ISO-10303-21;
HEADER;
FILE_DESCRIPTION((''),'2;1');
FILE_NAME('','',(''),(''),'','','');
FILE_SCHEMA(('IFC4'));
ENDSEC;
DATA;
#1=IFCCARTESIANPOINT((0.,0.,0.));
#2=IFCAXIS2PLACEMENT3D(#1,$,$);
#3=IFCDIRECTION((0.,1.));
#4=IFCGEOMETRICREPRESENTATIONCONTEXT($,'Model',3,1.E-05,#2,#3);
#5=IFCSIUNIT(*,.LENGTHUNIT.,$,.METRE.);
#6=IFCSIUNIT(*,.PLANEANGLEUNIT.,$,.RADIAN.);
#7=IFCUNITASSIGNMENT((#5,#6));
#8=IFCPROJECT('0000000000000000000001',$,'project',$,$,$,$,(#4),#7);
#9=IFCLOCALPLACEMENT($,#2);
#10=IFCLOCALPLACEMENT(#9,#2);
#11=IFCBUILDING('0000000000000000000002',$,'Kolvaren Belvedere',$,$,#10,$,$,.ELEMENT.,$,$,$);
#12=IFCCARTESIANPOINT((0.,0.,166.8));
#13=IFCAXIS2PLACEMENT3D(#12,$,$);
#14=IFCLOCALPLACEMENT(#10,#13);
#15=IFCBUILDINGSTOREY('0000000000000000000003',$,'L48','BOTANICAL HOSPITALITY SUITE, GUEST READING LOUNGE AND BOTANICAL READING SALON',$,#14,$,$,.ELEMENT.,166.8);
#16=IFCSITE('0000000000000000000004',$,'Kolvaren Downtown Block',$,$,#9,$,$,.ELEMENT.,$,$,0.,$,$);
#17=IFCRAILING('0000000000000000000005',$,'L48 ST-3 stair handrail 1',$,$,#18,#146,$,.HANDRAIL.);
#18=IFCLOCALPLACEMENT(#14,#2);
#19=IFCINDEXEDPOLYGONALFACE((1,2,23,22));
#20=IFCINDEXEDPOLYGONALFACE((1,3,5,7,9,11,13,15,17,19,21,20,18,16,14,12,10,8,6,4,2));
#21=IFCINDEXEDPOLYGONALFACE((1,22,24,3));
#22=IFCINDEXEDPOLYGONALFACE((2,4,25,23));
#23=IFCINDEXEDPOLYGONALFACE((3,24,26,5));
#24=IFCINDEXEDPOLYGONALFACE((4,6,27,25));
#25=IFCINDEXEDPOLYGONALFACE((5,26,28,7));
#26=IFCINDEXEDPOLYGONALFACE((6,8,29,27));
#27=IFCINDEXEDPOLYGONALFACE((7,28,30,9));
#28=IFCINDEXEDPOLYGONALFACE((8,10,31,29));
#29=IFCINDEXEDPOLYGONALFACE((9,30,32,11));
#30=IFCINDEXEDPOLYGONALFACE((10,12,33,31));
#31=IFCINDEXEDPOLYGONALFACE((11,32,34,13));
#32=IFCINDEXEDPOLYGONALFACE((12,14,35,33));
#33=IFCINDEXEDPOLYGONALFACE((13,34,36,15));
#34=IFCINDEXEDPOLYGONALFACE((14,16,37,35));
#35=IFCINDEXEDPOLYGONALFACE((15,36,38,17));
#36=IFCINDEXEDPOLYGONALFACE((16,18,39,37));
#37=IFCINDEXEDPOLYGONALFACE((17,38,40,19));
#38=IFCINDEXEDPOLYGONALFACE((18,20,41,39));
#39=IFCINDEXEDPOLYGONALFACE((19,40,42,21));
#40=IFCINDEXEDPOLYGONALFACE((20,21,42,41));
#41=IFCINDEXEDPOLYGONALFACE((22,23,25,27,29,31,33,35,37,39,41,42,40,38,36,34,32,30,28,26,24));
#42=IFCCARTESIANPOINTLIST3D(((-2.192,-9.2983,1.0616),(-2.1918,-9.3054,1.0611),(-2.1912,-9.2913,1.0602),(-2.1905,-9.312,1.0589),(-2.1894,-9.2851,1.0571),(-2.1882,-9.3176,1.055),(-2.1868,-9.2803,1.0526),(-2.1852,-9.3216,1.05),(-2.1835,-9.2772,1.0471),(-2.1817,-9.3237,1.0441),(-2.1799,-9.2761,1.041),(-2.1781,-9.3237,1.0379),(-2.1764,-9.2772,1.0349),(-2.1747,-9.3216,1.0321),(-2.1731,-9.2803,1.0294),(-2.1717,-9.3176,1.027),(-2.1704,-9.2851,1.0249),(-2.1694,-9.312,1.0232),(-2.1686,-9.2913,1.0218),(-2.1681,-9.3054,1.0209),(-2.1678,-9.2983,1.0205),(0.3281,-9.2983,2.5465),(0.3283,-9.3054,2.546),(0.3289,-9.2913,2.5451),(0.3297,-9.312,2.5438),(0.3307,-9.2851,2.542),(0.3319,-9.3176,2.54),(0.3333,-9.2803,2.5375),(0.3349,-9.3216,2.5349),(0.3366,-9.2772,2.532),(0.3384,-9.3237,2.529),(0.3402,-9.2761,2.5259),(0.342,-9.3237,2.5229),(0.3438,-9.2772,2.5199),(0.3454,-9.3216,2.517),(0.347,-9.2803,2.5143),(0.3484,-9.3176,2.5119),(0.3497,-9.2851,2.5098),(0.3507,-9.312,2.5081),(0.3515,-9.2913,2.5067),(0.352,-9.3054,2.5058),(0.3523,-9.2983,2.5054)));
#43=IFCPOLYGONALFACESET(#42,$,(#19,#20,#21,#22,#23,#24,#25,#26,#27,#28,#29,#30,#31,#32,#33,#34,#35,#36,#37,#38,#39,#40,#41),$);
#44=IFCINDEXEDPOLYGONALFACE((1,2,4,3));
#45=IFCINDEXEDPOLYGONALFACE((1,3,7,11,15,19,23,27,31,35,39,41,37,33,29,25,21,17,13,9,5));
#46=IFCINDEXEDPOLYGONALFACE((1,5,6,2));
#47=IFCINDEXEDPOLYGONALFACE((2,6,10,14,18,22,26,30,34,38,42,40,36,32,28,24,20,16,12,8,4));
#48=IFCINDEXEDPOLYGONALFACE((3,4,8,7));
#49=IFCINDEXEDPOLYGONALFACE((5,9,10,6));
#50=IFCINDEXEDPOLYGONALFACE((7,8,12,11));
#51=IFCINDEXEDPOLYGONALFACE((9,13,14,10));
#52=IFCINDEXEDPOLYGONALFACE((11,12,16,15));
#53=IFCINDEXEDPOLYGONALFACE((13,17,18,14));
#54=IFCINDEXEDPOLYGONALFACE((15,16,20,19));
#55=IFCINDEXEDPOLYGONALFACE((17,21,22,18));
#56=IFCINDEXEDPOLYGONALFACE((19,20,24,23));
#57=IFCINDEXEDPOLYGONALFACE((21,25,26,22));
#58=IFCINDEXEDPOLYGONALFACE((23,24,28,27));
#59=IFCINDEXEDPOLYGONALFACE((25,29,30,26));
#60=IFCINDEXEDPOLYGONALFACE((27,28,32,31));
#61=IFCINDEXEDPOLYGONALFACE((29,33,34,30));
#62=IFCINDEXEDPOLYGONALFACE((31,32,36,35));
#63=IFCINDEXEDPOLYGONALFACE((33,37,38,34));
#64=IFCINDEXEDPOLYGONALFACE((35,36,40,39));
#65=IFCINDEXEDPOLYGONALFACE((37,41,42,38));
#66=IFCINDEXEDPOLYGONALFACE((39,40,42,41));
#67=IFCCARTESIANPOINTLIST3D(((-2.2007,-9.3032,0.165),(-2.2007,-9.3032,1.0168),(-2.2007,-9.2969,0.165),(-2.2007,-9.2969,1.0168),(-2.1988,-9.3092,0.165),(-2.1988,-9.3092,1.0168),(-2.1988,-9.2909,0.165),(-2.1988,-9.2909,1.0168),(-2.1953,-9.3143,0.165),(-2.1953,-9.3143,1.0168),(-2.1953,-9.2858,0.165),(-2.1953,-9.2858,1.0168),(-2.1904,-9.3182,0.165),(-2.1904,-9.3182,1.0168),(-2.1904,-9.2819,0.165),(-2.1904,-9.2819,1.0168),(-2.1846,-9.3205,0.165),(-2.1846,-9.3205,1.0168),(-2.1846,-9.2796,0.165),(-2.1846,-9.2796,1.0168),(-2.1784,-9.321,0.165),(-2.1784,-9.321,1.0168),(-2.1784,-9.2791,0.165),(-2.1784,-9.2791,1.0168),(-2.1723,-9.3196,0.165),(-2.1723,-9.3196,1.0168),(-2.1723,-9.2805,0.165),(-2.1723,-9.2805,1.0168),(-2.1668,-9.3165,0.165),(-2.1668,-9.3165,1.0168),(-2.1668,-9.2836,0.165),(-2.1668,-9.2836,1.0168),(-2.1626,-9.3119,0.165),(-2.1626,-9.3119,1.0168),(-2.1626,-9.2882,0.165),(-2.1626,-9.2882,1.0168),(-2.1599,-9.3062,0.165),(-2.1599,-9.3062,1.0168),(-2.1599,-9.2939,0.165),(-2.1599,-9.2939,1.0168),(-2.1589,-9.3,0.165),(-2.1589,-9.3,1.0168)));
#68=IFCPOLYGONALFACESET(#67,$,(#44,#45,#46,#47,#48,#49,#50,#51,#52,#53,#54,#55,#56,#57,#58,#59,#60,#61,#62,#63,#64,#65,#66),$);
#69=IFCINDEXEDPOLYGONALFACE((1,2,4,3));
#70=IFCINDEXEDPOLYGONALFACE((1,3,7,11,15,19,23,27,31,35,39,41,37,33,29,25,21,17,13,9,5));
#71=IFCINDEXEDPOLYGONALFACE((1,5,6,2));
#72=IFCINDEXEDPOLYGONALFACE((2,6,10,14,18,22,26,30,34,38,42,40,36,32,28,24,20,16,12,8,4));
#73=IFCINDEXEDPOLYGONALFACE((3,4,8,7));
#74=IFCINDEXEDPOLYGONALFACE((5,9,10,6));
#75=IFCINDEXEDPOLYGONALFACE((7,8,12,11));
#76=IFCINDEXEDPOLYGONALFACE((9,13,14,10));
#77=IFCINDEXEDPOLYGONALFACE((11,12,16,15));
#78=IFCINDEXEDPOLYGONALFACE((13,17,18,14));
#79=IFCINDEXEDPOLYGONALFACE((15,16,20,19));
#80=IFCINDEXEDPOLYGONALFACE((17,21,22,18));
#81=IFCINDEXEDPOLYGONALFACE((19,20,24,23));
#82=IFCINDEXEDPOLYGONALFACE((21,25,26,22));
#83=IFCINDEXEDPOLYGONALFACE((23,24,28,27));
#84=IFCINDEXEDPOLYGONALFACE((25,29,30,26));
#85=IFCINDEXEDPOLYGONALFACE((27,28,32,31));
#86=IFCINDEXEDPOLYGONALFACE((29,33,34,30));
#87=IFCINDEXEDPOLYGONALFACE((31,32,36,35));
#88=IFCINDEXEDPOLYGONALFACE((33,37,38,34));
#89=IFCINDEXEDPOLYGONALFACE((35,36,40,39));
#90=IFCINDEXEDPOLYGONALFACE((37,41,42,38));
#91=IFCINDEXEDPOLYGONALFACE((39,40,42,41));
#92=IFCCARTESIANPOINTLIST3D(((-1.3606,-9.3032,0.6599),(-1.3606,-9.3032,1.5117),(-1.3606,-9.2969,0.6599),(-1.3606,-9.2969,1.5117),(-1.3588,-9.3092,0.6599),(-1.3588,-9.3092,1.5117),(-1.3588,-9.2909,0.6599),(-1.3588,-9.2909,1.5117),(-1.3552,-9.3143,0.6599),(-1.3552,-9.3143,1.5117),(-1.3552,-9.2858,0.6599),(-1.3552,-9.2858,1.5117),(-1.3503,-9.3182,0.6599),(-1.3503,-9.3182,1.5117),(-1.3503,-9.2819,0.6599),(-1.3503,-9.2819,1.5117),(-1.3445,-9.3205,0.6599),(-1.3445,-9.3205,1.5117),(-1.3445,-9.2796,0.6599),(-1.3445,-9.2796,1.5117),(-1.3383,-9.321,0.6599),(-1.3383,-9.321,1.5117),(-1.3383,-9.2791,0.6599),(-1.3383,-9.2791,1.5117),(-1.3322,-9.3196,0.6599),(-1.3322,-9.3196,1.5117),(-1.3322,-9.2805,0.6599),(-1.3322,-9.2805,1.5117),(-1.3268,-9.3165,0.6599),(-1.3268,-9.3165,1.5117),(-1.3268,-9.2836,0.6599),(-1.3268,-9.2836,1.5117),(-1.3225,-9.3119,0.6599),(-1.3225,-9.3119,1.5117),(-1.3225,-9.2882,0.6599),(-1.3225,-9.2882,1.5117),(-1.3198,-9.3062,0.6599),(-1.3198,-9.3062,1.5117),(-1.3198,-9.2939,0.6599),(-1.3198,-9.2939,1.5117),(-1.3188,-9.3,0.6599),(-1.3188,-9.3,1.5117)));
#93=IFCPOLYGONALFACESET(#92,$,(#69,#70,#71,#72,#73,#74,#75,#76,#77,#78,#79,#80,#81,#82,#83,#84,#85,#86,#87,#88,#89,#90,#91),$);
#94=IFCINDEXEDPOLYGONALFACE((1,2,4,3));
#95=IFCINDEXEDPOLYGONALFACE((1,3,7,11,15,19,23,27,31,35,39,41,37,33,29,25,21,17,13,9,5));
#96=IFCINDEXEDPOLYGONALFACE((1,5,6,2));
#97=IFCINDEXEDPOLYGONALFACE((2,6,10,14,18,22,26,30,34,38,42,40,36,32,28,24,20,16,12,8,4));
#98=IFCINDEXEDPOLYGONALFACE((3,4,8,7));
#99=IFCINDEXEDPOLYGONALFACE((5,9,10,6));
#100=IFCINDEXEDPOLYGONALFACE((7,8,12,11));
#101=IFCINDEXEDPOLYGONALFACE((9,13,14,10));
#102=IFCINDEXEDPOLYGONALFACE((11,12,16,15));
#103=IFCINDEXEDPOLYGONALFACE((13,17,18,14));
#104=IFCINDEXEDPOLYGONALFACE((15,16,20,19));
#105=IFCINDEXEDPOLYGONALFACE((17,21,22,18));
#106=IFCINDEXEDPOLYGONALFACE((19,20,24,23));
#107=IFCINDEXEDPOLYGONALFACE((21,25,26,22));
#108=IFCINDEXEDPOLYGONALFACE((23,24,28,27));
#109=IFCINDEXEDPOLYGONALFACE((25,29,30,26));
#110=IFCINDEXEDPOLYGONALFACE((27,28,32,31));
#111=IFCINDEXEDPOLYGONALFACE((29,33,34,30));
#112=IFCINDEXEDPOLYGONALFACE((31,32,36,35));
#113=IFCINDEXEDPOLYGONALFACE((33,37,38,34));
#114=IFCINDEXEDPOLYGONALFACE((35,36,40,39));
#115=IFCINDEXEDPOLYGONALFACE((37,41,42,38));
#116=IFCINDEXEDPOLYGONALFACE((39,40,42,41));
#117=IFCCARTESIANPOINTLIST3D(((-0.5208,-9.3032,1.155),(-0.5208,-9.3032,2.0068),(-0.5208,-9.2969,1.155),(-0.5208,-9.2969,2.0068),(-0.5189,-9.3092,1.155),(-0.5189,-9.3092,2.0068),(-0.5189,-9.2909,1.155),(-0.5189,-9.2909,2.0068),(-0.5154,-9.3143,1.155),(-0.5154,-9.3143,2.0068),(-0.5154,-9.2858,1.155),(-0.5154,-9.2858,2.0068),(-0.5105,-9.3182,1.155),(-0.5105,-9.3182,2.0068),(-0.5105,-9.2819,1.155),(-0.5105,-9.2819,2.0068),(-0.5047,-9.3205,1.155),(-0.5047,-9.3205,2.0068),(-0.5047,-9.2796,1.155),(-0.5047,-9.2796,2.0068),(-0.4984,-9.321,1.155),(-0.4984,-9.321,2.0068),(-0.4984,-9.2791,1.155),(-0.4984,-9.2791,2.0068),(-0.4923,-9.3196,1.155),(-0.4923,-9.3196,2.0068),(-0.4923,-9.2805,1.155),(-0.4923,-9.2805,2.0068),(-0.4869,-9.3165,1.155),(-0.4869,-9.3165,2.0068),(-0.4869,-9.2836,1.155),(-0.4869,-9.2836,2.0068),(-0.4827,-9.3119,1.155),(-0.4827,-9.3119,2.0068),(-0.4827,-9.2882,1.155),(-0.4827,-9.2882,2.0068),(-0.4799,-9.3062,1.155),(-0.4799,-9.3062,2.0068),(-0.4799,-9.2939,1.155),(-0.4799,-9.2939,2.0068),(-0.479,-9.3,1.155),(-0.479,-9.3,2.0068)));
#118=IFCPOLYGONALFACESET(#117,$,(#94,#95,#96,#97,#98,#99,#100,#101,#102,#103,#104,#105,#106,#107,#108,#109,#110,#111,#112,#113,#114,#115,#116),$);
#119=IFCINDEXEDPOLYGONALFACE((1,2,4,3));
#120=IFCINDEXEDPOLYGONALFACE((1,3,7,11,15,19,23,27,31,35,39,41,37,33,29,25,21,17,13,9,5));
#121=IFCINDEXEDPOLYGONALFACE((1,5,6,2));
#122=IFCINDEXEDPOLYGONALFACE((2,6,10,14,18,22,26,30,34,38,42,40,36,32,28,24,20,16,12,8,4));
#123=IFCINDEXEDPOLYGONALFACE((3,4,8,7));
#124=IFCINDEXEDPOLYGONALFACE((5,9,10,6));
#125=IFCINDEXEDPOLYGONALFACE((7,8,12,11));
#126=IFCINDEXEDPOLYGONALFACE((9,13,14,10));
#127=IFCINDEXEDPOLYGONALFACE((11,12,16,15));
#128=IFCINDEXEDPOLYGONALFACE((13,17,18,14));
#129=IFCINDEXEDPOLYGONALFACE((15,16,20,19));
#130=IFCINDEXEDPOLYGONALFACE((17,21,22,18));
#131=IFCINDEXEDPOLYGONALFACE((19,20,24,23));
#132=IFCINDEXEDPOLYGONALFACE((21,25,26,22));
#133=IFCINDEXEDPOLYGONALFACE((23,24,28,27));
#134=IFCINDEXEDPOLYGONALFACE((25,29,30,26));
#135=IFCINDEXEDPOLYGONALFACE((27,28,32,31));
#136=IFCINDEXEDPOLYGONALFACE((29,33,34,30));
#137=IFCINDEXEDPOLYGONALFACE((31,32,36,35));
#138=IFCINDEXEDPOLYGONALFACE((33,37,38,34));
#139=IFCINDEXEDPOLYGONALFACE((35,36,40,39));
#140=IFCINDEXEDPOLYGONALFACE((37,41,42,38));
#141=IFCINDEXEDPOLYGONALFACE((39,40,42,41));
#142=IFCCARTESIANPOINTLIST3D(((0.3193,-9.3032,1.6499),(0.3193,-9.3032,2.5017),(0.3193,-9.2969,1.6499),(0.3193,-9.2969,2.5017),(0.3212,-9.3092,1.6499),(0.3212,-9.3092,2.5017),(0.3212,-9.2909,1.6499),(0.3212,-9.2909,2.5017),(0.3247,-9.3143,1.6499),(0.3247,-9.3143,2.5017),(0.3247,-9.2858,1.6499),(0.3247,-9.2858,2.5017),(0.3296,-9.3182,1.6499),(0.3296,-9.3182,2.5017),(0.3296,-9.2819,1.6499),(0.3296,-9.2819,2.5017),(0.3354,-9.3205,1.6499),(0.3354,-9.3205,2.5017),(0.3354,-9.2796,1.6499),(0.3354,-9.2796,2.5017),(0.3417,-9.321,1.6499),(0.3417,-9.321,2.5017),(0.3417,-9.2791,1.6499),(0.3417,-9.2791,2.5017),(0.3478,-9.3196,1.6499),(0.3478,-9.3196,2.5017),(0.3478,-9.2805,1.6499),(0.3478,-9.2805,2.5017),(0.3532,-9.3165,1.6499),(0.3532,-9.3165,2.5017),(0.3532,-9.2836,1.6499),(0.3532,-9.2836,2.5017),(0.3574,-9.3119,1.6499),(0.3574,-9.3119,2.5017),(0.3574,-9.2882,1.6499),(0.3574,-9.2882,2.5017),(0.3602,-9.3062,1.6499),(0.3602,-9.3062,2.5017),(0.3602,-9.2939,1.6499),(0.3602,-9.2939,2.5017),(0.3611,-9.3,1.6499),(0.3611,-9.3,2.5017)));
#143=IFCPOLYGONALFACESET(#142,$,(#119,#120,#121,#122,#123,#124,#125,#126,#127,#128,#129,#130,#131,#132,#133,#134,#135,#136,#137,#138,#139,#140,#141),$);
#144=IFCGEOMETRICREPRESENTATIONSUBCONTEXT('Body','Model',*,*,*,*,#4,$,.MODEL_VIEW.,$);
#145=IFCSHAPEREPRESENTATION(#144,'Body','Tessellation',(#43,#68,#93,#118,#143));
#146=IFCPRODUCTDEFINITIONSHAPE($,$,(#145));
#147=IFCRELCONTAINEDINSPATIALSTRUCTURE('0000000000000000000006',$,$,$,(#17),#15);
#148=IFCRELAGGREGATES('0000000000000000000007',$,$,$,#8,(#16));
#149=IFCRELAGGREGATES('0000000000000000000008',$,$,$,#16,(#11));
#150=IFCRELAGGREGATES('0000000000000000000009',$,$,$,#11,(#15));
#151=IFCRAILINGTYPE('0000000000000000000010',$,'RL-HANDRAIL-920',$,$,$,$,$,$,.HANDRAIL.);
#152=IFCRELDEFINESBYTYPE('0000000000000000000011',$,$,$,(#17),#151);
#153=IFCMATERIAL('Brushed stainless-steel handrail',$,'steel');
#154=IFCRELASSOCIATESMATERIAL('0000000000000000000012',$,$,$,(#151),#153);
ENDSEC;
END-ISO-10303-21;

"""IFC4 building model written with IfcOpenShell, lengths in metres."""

from ifc_helpers import new_model, si_unit, direction, frame, origin, origin_2d, place, context, subcontext, project, spatial, circle, extrude, material, type_object, element, save


model = new_model("IFC4")

# Units and contexts
model_context = context("Model", 3, precision=1e-05, world=origin(), true_north=direction((0.0, 1.0)))
body_context = subcontext(model_context, "Body", "Model", "MODEL_VIEW")
ifc_project = project(units=[si_unit("LENGTHUNIT", "METRE"), si_unit("PLANEANGLEUNIT", "RADIAN")], contexts=[model_context])

# Site, building, storey
site_placement = place(None, origin())
site = spatial("IfcSite", under=ifc_project, at=site_placement, Name="Kolvaren Downtown Block", CompositionType="ELEMENT", RefElevation=0.0)
building_placement = place(site_placement, origin())
building = spatial("IfcBuilding", under=site, at=building_placement, Name="Kolvaren Belvedere", CompositionType="ELEMENT")
storey_placement = place(building_placement, frame((0.0, 0.0, 166.8)))
storey = spatial("IfcBuildingStorey", under=building, at=storey_placement, Name="L48", Description="BOTANICAL HOSPITALITY SUITE, GUEST READING LOUNGE AND BOTANICAL READING SALON", CompositionType="ELEMENT", Elevation=166.8)

# Railing
ifc_material_1 = material(Name="Brushed stainless-steel handrail", Category="steel")
railing_type_1 = type_object("IfcRailingType", Name="RL-HANDRAIL-920", PredefinedType="HANDRAIL", material=ifc_material_1)
railing_1_placement = place(storey_placement, frame((-2.1799, -9.3, 0.165)))
element("IfcRailing", 1, at=railing_1_placement, inside=storey, type_object=railing_type_1, Name="L48 ST-3 stair handrail 1", PredefinedType="HANDRAIL", context=body_context, shape_type="SweptSolid", body=[
    extrude(circle(Radius=0.0239, at=origin_2d()), frame((0.0, 0.0, 0.876), z_axis=(0.861561, 0.0, 0.507655), x_axis=(0.0, 1.0, 0.0)), (0.0, 0.0, 1.0), 2.925),
    extrude(circle(Radius=0.021, at=origin_2d()), origin(), (0.0, 0.0, 1.0), 0.8518),
    extrude(circle(Radius=0.021, at=origin_2d()), frame((0.8401, 0.0, 0.4949)), (0.0, 0.0, 1.0), 0.8518),
    extrude(circle(Radius=0.021, at=origin_2d()), frame((1.6799, 0.0, 0.99)), (0.0, 0.0, 1.0), 0.8518),
    extrude(circle(Radius=0.021, at=origin_2d()), frame((2.52, 0.0, 1.4849)), (0.0, 0.0, 1.0), 0.8518),
])

save(model, "model.ifc")
